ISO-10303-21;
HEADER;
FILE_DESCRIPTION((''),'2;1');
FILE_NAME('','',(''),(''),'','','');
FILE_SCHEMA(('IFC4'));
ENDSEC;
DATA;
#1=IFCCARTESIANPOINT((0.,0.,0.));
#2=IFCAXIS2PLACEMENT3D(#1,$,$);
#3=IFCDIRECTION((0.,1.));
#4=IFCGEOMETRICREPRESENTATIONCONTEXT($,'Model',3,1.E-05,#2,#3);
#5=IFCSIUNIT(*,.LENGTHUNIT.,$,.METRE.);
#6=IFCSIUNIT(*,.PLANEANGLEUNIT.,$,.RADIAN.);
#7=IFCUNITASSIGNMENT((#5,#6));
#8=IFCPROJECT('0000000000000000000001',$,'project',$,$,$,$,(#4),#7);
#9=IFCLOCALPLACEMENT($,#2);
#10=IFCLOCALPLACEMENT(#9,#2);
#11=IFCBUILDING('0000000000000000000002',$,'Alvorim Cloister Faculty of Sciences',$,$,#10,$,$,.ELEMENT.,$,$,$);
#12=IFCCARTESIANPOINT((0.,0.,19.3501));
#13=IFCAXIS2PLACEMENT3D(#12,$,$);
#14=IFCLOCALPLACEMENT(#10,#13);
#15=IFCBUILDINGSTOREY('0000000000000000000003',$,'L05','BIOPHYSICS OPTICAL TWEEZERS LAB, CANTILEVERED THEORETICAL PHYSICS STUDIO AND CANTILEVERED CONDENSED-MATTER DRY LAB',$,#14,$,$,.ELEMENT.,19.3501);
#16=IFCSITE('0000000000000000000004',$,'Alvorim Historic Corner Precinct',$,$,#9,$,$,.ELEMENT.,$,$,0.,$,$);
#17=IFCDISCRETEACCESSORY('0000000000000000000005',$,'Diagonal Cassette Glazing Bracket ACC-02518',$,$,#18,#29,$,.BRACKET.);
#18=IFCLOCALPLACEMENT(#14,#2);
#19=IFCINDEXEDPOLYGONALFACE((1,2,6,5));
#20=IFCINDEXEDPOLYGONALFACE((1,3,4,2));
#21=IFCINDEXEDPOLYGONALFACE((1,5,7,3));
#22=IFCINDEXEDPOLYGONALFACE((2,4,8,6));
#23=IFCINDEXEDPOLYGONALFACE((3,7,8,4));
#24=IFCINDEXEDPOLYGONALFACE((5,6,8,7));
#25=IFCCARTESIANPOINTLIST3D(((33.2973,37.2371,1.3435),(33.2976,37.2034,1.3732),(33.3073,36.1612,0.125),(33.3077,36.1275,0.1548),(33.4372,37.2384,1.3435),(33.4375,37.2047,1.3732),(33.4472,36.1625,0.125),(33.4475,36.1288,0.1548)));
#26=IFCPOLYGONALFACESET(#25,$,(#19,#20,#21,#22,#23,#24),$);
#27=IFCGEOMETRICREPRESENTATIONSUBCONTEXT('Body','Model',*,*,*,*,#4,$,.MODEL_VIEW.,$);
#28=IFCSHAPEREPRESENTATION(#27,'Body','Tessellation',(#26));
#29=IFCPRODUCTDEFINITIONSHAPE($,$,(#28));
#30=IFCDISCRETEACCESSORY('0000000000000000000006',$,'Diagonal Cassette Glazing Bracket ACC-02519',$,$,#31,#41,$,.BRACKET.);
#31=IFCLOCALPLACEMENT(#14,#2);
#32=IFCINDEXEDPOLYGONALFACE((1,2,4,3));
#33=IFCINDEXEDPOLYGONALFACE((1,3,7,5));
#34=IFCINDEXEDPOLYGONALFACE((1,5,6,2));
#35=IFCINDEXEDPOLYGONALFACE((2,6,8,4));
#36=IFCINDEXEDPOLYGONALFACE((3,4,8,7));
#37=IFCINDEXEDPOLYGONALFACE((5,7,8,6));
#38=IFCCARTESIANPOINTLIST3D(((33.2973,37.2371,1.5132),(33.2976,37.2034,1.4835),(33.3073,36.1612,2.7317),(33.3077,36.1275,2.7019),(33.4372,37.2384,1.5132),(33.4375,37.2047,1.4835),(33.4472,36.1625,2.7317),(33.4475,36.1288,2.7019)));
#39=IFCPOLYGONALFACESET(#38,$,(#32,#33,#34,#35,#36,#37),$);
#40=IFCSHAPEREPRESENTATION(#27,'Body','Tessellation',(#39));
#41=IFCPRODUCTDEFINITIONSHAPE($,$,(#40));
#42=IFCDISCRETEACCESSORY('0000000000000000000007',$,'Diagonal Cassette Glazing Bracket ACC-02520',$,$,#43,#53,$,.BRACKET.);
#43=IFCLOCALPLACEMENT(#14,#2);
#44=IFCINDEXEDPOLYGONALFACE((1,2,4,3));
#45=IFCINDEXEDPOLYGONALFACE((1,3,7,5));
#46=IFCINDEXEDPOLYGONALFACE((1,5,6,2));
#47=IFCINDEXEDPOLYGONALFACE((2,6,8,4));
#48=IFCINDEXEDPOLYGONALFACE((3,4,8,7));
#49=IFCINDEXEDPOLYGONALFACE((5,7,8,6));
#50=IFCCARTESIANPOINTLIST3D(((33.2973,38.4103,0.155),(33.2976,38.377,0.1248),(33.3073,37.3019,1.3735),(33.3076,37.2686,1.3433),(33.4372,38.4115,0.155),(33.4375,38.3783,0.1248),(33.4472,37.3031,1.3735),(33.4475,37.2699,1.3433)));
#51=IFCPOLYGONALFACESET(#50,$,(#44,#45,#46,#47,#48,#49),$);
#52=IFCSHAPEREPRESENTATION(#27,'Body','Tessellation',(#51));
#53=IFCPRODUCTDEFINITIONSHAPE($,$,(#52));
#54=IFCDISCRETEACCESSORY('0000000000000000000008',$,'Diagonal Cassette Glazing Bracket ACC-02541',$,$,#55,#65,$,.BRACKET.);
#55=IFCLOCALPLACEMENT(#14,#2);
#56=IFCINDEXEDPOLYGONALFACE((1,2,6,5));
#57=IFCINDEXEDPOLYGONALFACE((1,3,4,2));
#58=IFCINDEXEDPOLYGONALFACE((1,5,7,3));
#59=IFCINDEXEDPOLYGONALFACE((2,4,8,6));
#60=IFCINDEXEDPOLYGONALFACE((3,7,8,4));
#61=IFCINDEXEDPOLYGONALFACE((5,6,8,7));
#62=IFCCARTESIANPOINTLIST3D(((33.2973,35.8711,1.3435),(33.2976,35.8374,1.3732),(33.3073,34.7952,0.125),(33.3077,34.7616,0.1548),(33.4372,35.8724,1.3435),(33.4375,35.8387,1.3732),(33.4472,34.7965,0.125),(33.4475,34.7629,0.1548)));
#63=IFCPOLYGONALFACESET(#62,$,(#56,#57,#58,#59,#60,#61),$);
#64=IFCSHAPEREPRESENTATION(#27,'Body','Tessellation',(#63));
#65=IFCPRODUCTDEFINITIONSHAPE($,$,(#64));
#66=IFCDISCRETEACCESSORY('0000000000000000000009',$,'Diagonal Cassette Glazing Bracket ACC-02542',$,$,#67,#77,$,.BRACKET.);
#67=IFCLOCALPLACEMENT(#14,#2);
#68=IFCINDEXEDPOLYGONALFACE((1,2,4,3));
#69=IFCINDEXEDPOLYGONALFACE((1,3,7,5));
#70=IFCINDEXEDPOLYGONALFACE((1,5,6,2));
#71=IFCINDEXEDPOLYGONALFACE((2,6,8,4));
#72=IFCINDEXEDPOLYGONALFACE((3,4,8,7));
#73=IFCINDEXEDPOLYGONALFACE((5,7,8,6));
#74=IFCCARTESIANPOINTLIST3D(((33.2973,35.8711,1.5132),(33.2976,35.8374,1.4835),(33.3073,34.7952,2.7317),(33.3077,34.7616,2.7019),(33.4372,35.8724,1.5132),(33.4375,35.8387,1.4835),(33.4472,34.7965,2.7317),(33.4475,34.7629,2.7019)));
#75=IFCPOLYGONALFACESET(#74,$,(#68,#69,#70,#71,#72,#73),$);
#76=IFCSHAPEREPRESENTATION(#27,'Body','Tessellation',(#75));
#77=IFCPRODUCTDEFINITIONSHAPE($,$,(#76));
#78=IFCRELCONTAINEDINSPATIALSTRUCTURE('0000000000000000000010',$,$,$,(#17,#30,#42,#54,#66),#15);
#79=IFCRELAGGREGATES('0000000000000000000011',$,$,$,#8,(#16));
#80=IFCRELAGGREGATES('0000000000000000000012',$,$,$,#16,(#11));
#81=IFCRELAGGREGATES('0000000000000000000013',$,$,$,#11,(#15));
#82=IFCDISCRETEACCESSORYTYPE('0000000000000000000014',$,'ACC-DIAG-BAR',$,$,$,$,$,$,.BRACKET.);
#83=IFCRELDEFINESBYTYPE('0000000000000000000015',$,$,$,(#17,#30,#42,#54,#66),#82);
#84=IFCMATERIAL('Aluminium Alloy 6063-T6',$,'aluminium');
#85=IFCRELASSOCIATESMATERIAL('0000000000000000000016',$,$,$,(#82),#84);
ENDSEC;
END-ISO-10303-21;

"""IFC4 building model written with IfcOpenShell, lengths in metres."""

from ifc_helpers import new_model, si_unit, direction, frame, origin, origin_2d, place, context, subcontext, project, spatial, rectangle, extrude, material, type_object, element, save


model = new_model("IFC4")

# Units and contexts
model_context = context("Model", 3, precision=1e-05, world=origin(), true_north=direction((0.0, 1.0)))
body_context = subcontext(model_context, "Body", "Model", "MODEL_VIEW")
ifc_project = project(units=[si_unit("LENGTHUNIT", "METRE"), si_unit("PLANEANGLEUNIT", "RADIAN")], contexts=[model_context])

# Site, building, storey
site_placement = place(None, origin())
site = spatial("IfcSite", under=ifc_project, at=site_placement, Name="Alvorim Historic Corner Precinct", CompositionType="ELEMENT", RefElevation=0.0)
building_placement = place(site_placement, origin())
building = spatial("IfcBuilding", under=site, at=building_placement, Name="Alvorim Cloister Faculty of Sciences", CompositionType="ELEMENT")
storey_placement = place(building_placement, frame((0.0, 0.0, 19.3501)))
storey = spatial("IfcBuildingStorey", under=building, at=storey_placement, Name="L05", Description="BIOPHYSICS OPTICAL TWEEZERS LAB, CANTILEVERED THEORETICAL PHYSICS STUDIO AND CANTILEVERED CONDENSED-MATTER DRY LAB", CompositionType="ELEMENT", Elevation=19.3501)

# Shared definitions
ifc_material_1 = material(Name="Aluminium Alloy 6063-T6", Category="aluminium")

# Discrete accessories
discrete_accessory_type = type_object("IfcDiscreteAccessoryType", Name="ACC-DIAG-BAR", PredefinedType="BRACKET", material=ifc_material_1)
for number, where, z_axis, x_axis, name in (
    (1, (33.3774, 36.145, 0.1399), (-0.006158, 0.661877, 0.749587), (-0.999957, -0.009303, 0.0), "Diagonal Cassette Glazing Bracket ACC-02518"),
    (2, (33.3774, 36.145, 2.7168), (-0.006158, 0.661877, -0.749587), (-0.999957, -0.009303, 0.0), "Diagonal Cassette Glazing Bracket ACC-02519"),
):
    element("IfcDiscreteAccessory", number, at=place(storey_placement, frame(where, z_axis=z_axis, x_axis=x_axis)), inside=storey, type_object=discrete_accessory_type, Name=name, PredefinedType="BRACKET", context=body_context, shape_type="SweptSolid", body=[
        extrude(rectangle(XDim=0.1399, YDim=0.0449, at=origin_2d()), origin(), (0.0, 0.0, 1.0), 1.6255),
    ])
discrete_accessory_placement = place(storey_placement, frame((33.3774, 37.2859, 1.3584), z_axis=(-0.006077, 0.672882, -0.739725), x_axis=(-0.999959, -0.00903, 0.0)))
element("IfcDiscreteAccessory", 3, at=discrete_accessory_placement, inside=storey, type_object=discrete_accessory_type, Name="Diagonal Cassette Glazing Bracket ACC-02520", PredefinedType="BRACKET", context=body_context, shape_type="SweptSolid", body=[
    extrude(rectangle(XDim=0.1399, YDim=0.0449, at=origin_2d()), origin(), (0.0, 0.0, 1.0), 1.6472),
])
for number, where, z_axis, x_axis, name in (
    (4, (33.3774, 34.7791, 0.1399), (-0.006158, 0.661877, 0.749587), (-0.999957, -0.009303, 0.0), "Diagonal Cassette Glazing Bracket ACC-02541"),
    (5, (33.3774, 34.7791, 2.7168), (-0.006158, 0.661877, -0.749587), (-0.999957, -0.009303, 0.0), "Diagonal Cassette Glazing Bracket ACC-02542"),
):
    element("IfcDiscreteAccessory", number, at=place(storey_placement, frame(where, z_axis=z_axis, x_axis=x_axis)), inside=storey, type_object=discrete_accessory_type, Name=name, PredefinedType="BRACKET", context=body_context, shape_type="SweptSolid", body=[
        extrude(rectangle(XDim=0.1399, YDim=0.0449, at=origin_2d()), origin(), (0.0, 0.0, 1.0), 1.6255),
    ])

save(model, "model.ifc")
